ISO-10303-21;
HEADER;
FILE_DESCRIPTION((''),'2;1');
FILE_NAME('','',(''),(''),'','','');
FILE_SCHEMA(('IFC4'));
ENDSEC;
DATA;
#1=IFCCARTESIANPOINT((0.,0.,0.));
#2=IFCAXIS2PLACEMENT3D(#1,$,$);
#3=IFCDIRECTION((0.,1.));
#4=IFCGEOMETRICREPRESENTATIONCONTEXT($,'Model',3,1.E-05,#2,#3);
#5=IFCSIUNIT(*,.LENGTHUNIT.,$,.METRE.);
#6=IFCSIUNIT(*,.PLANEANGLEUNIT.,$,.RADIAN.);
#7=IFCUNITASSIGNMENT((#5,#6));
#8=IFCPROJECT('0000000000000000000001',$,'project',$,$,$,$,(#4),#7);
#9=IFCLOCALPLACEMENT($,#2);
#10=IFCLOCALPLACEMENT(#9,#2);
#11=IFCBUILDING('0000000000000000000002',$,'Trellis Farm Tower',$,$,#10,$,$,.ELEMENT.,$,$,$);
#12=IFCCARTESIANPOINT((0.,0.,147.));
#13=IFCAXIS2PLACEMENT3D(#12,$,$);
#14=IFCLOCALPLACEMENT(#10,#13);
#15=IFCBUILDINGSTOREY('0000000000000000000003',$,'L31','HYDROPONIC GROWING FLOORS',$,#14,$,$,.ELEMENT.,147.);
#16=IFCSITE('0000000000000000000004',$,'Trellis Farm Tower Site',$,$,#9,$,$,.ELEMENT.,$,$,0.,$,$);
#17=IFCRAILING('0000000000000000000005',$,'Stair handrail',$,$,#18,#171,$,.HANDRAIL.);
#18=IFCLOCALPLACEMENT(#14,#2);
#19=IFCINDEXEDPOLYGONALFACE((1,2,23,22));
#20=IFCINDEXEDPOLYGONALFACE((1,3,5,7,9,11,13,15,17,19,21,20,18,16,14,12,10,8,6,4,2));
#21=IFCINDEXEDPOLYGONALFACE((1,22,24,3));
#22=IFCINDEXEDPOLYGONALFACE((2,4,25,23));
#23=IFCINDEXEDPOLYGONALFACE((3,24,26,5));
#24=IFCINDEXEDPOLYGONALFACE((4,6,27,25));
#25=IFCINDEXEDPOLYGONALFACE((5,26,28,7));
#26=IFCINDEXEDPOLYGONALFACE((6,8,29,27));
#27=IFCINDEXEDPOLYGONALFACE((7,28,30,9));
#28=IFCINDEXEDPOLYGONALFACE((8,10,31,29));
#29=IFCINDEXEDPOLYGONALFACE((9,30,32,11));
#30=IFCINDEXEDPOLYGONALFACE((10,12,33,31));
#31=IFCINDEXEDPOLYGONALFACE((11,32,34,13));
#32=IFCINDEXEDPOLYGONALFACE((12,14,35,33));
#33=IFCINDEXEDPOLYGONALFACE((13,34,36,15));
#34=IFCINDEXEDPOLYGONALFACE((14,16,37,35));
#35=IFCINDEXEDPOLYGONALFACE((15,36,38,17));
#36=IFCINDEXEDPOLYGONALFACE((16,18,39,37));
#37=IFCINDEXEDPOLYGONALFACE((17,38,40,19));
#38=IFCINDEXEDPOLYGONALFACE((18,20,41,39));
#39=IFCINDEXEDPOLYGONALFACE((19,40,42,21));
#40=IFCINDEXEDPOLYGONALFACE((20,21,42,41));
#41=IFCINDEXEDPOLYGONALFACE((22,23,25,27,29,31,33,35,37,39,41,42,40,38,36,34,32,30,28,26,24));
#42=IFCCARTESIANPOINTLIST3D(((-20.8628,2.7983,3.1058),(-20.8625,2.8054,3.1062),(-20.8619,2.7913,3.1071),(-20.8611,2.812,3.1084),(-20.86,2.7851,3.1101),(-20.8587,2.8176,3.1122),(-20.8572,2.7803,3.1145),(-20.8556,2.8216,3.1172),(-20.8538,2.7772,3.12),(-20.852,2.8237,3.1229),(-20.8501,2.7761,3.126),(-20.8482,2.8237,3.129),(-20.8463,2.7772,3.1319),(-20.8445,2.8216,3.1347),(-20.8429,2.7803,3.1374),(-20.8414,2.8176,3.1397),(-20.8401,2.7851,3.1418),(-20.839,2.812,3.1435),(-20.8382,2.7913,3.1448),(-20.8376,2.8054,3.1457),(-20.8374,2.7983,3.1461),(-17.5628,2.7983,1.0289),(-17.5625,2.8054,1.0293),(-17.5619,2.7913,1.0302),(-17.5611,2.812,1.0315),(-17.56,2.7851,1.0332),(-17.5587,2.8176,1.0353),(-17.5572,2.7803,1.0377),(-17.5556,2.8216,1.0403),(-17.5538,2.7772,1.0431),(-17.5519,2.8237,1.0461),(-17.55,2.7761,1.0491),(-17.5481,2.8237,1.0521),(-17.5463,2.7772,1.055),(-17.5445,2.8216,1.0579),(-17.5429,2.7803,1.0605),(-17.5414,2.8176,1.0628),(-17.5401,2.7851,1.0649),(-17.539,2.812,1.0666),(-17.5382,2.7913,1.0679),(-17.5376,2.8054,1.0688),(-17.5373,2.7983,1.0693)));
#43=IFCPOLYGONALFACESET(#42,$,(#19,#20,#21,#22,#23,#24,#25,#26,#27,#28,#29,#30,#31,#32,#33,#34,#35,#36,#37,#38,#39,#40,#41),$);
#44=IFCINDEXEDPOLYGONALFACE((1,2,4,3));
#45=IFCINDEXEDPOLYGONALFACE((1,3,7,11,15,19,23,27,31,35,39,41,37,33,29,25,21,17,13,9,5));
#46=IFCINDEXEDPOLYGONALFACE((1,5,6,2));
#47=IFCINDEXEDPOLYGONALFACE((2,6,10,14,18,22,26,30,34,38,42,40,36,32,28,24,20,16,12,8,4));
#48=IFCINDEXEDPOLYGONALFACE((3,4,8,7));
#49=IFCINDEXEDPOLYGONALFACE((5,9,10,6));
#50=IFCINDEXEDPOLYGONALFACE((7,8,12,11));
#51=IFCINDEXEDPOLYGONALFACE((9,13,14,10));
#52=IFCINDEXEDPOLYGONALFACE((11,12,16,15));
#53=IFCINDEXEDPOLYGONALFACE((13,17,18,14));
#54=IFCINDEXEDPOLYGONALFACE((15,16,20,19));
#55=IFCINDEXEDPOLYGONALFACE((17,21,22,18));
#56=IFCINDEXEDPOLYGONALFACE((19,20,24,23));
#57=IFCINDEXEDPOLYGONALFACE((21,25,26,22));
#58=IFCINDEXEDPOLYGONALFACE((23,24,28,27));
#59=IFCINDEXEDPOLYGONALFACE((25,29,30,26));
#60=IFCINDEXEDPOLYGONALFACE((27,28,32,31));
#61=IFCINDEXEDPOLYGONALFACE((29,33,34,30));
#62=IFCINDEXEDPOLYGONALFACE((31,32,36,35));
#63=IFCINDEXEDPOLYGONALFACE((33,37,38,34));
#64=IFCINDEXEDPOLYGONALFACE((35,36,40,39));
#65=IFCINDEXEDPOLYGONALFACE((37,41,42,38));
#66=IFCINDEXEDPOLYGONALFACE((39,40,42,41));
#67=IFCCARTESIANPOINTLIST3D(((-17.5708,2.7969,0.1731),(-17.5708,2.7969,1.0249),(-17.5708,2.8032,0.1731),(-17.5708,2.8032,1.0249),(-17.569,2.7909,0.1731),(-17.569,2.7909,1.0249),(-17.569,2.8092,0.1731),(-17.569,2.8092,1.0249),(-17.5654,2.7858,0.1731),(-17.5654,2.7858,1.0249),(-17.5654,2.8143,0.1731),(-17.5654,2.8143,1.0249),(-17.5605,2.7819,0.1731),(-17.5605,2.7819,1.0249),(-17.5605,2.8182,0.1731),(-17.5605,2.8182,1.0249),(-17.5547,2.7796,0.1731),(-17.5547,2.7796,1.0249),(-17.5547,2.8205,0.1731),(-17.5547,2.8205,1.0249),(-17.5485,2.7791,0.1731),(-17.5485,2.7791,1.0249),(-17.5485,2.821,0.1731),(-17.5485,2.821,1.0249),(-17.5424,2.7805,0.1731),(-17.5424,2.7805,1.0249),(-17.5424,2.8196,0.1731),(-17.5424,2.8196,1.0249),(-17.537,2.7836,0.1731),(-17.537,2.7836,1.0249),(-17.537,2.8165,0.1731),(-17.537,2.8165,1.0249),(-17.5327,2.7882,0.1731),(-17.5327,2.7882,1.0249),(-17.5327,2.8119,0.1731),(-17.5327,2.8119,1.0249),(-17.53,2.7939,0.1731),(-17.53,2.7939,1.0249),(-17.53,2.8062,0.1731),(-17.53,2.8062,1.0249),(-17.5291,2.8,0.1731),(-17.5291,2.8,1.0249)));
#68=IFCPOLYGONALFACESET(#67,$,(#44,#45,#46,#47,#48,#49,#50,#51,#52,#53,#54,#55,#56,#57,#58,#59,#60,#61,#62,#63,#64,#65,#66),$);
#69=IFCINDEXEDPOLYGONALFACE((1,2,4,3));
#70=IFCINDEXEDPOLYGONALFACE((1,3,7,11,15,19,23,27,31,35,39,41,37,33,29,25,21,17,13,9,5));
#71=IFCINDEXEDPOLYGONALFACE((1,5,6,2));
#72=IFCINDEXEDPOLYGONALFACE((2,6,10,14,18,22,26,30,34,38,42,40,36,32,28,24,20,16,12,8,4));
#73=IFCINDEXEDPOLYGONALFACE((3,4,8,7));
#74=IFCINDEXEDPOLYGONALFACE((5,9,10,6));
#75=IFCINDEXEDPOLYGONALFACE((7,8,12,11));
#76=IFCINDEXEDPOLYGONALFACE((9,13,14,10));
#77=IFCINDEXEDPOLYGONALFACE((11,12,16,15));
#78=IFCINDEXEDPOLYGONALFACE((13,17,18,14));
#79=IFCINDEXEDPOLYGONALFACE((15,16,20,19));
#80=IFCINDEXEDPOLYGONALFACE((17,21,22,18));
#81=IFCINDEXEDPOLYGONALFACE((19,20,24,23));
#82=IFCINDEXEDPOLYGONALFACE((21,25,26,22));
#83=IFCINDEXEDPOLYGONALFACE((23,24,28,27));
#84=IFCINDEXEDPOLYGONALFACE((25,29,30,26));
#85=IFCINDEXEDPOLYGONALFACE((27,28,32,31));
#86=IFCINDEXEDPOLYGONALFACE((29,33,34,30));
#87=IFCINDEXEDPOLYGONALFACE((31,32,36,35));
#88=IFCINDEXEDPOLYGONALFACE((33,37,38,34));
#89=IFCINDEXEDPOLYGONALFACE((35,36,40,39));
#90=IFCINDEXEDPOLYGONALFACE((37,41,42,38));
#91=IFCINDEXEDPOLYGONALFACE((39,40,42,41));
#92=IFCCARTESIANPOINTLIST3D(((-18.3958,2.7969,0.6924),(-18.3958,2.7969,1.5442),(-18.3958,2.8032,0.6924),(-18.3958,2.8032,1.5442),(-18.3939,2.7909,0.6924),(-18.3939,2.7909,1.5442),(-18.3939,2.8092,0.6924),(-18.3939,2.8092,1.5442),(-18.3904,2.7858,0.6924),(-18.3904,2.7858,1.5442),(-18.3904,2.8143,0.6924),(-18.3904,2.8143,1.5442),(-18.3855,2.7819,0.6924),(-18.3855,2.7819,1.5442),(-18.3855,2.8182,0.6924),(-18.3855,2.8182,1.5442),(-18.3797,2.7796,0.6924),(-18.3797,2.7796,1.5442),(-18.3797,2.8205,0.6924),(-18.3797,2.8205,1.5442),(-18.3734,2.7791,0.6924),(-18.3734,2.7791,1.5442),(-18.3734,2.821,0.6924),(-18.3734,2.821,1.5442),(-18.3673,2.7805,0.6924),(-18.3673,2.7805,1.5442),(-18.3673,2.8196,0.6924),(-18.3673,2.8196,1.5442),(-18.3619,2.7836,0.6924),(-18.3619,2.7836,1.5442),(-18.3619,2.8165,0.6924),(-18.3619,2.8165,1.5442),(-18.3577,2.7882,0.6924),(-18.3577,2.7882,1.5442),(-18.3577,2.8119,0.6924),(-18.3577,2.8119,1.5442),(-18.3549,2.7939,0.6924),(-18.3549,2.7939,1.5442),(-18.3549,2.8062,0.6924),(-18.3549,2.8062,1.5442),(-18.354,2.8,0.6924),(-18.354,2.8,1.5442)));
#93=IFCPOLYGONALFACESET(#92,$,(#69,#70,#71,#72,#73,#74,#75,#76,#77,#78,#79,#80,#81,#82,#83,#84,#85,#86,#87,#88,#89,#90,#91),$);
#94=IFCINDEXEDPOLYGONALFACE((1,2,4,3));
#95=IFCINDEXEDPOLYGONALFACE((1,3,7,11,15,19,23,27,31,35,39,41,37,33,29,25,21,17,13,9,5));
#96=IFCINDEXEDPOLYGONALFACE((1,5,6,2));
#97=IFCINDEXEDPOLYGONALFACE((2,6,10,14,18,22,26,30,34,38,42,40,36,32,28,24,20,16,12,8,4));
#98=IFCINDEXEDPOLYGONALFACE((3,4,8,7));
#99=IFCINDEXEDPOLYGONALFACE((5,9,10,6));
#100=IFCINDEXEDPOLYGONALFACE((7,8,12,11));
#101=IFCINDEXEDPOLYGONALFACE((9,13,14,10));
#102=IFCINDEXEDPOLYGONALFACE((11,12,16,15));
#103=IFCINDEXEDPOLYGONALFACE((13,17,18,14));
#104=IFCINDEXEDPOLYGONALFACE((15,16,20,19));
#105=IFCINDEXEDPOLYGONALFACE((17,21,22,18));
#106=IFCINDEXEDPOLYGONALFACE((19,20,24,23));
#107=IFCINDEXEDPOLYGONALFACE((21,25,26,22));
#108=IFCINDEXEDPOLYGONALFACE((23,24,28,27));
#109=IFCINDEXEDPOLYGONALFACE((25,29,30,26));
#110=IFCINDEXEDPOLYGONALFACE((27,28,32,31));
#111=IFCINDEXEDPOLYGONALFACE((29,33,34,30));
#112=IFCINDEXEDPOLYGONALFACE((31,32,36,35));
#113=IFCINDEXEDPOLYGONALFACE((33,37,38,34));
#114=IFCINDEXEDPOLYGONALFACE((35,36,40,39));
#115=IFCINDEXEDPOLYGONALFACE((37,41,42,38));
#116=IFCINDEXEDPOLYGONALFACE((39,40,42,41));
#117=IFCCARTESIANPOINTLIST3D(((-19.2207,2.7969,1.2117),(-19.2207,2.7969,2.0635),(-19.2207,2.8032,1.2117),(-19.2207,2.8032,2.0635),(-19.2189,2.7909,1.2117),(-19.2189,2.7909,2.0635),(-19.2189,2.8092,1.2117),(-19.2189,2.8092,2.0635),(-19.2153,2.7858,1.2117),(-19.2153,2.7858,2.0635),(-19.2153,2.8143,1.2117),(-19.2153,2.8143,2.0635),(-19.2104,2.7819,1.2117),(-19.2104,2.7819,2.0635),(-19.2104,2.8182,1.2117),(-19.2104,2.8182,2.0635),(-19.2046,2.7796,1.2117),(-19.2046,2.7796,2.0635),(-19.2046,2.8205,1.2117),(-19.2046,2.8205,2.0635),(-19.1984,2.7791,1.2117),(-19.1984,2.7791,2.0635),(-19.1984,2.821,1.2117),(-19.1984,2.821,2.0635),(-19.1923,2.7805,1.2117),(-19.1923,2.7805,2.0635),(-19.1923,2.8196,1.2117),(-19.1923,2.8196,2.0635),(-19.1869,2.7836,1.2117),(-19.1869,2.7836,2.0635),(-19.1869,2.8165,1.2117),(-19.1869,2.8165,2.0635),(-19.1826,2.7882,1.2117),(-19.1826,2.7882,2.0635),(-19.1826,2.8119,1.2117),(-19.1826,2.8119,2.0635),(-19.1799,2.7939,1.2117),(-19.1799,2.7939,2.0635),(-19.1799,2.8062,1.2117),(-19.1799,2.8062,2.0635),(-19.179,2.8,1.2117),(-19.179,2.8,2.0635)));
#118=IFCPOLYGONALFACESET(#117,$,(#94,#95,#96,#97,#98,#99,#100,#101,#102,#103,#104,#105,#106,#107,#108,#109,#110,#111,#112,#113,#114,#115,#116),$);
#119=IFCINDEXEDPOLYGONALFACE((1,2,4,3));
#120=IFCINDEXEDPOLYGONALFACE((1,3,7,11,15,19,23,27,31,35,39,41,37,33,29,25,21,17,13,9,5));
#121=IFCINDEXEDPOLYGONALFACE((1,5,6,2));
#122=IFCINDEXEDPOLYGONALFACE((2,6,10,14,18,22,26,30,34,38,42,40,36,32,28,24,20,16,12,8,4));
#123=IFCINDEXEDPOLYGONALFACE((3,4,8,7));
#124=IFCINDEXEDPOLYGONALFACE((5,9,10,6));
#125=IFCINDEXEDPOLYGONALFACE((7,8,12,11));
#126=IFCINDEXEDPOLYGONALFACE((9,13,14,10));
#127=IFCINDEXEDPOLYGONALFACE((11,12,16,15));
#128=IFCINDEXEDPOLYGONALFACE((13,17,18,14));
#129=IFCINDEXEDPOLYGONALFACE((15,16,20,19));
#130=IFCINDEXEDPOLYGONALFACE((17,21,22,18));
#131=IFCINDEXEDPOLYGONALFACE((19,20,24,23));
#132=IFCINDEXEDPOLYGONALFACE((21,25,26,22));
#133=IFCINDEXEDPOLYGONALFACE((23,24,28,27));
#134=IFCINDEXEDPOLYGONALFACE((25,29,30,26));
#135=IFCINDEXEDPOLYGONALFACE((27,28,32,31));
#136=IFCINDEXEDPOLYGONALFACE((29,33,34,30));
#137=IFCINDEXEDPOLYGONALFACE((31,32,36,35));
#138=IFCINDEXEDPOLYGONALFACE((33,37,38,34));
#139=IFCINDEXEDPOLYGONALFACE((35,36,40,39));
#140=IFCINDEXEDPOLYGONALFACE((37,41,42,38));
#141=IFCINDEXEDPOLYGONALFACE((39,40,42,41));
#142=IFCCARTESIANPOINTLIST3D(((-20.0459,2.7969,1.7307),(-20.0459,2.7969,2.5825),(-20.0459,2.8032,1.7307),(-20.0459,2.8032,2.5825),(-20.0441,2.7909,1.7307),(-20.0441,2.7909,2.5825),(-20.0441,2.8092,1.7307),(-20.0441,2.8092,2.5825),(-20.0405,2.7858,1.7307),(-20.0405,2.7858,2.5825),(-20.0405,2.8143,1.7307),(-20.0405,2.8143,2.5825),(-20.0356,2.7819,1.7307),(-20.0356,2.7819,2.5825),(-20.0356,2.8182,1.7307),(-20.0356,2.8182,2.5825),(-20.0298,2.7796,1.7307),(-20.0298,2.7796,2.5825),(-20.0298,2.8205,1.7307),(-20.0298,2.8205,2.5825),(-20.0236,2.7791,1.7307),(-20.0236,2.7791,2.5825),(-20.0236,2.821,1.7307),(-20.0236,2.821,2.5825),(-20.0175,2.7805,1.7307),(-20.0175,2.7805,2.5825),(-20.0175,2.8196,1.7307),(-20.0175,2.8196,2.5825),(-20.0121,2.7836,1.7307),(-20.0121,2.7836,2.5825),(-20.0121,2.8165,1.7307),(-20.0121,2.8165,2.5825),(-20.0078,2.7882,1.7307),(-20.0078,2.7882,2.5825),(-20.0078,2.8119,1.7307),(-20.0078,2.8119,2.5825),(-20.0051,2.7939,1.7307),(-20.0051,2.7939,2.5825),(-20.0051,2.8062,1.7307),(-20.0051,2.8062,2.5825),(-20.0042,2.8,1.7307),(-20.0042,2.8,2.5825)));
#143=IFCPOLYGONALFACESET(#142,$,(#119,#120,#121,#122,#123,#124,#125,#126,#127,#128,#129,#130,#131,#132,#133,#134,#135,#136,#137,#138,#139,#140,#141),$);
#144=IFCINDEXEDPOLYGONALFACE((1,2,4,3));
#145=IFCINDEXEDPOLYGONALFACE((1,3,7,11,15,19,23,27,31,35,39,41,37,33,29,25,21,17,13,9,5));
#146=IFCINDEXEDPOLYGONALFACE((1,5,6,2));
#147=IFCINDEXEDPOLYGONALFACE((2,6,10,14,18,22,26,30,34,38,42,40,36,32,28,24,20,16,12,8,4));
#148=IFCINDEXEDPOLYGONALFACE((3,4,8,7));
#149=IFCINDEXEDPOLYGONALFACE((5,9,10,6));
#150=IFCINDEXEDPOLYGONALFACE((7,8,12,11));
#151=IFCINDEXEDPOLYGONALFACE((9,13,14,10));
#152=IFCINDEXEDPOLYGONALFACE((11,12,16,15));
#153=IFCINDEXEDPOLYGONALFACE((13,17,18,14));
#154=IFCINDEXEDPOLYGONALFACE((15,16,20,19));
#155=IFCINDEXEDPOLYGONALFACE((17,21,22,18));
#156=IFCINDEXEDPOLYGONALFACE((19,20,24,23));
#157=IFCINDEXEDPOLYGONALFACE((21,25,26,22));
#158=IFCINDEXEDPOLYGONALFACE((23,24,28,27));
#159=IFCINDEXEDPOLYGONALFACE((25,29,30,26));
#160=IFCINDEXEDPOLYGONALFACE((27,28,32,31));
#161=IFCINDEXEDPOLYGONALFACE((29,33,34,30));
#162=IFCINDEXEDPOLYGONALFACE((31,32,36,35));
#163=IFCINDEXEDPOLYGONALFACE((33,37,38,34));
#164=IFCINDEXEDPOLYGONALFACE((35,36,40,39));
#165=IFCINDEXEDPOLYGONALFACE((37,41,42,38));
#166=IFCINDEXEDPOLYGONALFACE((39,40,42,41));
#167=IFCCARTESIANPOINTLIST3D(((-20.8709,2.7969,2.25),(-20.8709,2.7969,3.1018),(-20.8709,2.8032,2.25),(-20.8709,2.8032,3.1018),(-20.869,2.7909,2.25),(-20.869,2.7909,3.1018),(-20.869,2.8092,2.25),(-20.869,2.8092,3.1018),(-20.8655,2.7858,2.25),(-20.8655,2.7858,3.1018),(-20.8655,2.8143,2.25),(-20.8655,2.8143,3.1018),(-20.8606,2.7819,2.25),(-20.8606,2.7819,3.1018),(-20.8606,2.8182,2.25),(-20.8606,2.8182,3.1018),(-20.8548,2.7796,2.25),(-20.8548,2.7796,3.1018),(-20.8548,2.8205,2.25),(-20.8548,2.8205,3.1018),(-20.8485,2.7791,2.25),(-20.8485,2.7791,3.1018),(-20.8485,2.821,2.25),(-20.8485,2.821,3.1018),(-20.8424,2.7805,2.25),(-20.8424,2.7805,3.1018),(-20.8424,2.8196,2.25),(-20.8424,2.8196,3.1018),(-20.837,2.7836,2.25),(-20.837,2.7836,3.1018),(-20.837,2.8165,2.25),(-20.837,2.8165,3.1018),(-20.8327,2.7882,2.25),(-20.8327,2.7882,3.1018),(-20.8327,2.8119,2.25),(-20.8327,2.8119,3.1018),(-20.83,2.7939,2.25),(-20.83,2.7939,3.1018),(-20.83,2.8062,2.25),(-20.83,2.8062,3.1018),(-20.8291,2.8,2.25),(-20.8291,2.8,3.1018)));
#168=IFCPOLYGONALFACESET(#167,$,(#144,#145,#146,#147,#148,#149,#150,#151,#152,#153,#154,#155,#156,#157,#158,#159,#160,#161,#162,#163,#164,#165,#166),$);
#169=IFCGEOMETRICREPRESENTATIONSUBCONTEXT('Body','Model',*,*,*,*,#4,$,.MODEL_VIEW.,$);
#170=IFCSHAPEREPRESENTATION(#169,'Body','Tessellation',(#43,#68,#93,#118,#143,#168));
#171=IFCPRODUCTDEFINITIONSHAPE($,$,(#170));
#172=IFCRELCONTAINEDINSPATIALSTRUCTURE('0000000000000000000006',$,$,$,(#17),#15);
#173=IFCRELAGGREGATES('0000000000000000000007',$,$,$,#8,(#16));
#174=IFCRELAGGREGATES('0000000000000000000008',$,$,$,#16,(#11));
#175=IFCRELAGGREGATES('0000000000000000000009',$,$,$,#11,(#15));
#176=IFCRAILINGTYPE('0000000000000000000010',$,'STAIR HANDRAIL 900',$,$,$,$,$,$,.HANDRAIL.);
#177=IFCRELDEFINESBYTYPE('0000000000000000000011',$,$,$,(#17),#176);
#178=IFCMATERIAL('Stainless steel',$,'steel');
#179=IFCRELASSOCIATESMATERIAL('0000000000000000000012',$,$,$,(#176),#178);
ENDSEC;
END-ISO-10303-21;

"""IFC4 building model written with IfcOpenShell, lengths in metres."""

from ifc_helpers import new_model, si_unit, direction, frame, origin, origin_2d, place, context, subcontext, project, spatial, circle, extrude, source, transform, mapped, material, type_object, element, save


model = new_model("IFC4")

# Units and contexts
model_context = context("Model", 3, precision=1e-05, world=origin(), true_north=direction((0.0, 1.0)))
body_context = subcontext(model_context, "Body", "Model", "MODEL_VIEW")
ifc_project = project(units=[si_unit("LENGTHUNIT", "METRE"), si_unit("PLANEANGLEUNIT", "RADIAN")], contexts=[model_context])

# Site, building, storey
site_placement = place(None, origin())
site = spatial("IfcSite", under=ifc_project, at=site_placement, Name="Trellis Farm Tower Site", CompositionType="ELEMENT", RefElevation=0.0)
building_placement = place(site_placement, origin())
building = spatial("IfcBuilding", under=site, at=building_placement, Name="Trellis Farm Tower", CompositionType="ELEMENT")
storey_placement = place(building_placement, frame((0.0, 0.0, 147.0)))
storey = spatial("IfcBuildingStorey", under=building, at=storey_placement, Name="L31", Description="HYDROPONIC GROWING FLOORS", CompositionType="ELEMENT", Elevation=147.0)

# Railing
ifc_material_1 = material(Name="Stainless steel", Category="steel")
railing_type = type_object("IfcRailingType", Name="STAIR HANDRAIL 900", PredefinedType="HANDRAIL", material=ifc_material_1)
shared_shape_1 = source(origin(), body_context, "Body", "SweptSolid", [
    extrude(circle(Radius=0.0239, at=origin_2d()), frame((0.0, 0.0, 0.876), z_axis=(-0.846337, 0.0, 0.532647), x_axis=(0.0, -1.0, 0.0)), (0.0, 0.0, 1.0), 3.8992),
    extrude(circle(Radius=0.021, at=origin_2d()), origin(), (0.0, 0.0, 1.0), 0.8518),
    extrude(circle(Radius=0.021, at=origin_2d()), frame((-0.825, 0.0, 0.5193)), (0.0, 0.0, 1.0), 0.8518),
    extrude(circle(Radius=0.021, at=origin_2d()), frame((-1.6499, 0.0, 1.0386)), (0.0, 0.0, 1.0), 0.8518),
    extrude(circle(Radius=0.021, at=origin_2d()), frame((-2.4751, 0.0, 1.5576)), (0.0, 0.0, 1.0), 0.8518),
    extrude(circle(Radius=0.021, at=origin_2d()), frame((-3.3, 0.0, 2.0769)), (0.0, 0.0, 1.0), 0.8518),
])
for number, where, name in (
    (1, (-17.55, 2.8, 0.1731), "Stair handrail"),
):
    element("IfcRailing", number, at=place(storey_placement, frame(where)), inside=storey, type_object=railing_type, Name=name, PredefinedType="HANDRAIL", context=body_context, shape_type="MappedRepresentation", body=[
        mapped(shared_shape_1, transform((0.0, 0.0, 0.0))),
    ])

save(model, "model.ifc")
